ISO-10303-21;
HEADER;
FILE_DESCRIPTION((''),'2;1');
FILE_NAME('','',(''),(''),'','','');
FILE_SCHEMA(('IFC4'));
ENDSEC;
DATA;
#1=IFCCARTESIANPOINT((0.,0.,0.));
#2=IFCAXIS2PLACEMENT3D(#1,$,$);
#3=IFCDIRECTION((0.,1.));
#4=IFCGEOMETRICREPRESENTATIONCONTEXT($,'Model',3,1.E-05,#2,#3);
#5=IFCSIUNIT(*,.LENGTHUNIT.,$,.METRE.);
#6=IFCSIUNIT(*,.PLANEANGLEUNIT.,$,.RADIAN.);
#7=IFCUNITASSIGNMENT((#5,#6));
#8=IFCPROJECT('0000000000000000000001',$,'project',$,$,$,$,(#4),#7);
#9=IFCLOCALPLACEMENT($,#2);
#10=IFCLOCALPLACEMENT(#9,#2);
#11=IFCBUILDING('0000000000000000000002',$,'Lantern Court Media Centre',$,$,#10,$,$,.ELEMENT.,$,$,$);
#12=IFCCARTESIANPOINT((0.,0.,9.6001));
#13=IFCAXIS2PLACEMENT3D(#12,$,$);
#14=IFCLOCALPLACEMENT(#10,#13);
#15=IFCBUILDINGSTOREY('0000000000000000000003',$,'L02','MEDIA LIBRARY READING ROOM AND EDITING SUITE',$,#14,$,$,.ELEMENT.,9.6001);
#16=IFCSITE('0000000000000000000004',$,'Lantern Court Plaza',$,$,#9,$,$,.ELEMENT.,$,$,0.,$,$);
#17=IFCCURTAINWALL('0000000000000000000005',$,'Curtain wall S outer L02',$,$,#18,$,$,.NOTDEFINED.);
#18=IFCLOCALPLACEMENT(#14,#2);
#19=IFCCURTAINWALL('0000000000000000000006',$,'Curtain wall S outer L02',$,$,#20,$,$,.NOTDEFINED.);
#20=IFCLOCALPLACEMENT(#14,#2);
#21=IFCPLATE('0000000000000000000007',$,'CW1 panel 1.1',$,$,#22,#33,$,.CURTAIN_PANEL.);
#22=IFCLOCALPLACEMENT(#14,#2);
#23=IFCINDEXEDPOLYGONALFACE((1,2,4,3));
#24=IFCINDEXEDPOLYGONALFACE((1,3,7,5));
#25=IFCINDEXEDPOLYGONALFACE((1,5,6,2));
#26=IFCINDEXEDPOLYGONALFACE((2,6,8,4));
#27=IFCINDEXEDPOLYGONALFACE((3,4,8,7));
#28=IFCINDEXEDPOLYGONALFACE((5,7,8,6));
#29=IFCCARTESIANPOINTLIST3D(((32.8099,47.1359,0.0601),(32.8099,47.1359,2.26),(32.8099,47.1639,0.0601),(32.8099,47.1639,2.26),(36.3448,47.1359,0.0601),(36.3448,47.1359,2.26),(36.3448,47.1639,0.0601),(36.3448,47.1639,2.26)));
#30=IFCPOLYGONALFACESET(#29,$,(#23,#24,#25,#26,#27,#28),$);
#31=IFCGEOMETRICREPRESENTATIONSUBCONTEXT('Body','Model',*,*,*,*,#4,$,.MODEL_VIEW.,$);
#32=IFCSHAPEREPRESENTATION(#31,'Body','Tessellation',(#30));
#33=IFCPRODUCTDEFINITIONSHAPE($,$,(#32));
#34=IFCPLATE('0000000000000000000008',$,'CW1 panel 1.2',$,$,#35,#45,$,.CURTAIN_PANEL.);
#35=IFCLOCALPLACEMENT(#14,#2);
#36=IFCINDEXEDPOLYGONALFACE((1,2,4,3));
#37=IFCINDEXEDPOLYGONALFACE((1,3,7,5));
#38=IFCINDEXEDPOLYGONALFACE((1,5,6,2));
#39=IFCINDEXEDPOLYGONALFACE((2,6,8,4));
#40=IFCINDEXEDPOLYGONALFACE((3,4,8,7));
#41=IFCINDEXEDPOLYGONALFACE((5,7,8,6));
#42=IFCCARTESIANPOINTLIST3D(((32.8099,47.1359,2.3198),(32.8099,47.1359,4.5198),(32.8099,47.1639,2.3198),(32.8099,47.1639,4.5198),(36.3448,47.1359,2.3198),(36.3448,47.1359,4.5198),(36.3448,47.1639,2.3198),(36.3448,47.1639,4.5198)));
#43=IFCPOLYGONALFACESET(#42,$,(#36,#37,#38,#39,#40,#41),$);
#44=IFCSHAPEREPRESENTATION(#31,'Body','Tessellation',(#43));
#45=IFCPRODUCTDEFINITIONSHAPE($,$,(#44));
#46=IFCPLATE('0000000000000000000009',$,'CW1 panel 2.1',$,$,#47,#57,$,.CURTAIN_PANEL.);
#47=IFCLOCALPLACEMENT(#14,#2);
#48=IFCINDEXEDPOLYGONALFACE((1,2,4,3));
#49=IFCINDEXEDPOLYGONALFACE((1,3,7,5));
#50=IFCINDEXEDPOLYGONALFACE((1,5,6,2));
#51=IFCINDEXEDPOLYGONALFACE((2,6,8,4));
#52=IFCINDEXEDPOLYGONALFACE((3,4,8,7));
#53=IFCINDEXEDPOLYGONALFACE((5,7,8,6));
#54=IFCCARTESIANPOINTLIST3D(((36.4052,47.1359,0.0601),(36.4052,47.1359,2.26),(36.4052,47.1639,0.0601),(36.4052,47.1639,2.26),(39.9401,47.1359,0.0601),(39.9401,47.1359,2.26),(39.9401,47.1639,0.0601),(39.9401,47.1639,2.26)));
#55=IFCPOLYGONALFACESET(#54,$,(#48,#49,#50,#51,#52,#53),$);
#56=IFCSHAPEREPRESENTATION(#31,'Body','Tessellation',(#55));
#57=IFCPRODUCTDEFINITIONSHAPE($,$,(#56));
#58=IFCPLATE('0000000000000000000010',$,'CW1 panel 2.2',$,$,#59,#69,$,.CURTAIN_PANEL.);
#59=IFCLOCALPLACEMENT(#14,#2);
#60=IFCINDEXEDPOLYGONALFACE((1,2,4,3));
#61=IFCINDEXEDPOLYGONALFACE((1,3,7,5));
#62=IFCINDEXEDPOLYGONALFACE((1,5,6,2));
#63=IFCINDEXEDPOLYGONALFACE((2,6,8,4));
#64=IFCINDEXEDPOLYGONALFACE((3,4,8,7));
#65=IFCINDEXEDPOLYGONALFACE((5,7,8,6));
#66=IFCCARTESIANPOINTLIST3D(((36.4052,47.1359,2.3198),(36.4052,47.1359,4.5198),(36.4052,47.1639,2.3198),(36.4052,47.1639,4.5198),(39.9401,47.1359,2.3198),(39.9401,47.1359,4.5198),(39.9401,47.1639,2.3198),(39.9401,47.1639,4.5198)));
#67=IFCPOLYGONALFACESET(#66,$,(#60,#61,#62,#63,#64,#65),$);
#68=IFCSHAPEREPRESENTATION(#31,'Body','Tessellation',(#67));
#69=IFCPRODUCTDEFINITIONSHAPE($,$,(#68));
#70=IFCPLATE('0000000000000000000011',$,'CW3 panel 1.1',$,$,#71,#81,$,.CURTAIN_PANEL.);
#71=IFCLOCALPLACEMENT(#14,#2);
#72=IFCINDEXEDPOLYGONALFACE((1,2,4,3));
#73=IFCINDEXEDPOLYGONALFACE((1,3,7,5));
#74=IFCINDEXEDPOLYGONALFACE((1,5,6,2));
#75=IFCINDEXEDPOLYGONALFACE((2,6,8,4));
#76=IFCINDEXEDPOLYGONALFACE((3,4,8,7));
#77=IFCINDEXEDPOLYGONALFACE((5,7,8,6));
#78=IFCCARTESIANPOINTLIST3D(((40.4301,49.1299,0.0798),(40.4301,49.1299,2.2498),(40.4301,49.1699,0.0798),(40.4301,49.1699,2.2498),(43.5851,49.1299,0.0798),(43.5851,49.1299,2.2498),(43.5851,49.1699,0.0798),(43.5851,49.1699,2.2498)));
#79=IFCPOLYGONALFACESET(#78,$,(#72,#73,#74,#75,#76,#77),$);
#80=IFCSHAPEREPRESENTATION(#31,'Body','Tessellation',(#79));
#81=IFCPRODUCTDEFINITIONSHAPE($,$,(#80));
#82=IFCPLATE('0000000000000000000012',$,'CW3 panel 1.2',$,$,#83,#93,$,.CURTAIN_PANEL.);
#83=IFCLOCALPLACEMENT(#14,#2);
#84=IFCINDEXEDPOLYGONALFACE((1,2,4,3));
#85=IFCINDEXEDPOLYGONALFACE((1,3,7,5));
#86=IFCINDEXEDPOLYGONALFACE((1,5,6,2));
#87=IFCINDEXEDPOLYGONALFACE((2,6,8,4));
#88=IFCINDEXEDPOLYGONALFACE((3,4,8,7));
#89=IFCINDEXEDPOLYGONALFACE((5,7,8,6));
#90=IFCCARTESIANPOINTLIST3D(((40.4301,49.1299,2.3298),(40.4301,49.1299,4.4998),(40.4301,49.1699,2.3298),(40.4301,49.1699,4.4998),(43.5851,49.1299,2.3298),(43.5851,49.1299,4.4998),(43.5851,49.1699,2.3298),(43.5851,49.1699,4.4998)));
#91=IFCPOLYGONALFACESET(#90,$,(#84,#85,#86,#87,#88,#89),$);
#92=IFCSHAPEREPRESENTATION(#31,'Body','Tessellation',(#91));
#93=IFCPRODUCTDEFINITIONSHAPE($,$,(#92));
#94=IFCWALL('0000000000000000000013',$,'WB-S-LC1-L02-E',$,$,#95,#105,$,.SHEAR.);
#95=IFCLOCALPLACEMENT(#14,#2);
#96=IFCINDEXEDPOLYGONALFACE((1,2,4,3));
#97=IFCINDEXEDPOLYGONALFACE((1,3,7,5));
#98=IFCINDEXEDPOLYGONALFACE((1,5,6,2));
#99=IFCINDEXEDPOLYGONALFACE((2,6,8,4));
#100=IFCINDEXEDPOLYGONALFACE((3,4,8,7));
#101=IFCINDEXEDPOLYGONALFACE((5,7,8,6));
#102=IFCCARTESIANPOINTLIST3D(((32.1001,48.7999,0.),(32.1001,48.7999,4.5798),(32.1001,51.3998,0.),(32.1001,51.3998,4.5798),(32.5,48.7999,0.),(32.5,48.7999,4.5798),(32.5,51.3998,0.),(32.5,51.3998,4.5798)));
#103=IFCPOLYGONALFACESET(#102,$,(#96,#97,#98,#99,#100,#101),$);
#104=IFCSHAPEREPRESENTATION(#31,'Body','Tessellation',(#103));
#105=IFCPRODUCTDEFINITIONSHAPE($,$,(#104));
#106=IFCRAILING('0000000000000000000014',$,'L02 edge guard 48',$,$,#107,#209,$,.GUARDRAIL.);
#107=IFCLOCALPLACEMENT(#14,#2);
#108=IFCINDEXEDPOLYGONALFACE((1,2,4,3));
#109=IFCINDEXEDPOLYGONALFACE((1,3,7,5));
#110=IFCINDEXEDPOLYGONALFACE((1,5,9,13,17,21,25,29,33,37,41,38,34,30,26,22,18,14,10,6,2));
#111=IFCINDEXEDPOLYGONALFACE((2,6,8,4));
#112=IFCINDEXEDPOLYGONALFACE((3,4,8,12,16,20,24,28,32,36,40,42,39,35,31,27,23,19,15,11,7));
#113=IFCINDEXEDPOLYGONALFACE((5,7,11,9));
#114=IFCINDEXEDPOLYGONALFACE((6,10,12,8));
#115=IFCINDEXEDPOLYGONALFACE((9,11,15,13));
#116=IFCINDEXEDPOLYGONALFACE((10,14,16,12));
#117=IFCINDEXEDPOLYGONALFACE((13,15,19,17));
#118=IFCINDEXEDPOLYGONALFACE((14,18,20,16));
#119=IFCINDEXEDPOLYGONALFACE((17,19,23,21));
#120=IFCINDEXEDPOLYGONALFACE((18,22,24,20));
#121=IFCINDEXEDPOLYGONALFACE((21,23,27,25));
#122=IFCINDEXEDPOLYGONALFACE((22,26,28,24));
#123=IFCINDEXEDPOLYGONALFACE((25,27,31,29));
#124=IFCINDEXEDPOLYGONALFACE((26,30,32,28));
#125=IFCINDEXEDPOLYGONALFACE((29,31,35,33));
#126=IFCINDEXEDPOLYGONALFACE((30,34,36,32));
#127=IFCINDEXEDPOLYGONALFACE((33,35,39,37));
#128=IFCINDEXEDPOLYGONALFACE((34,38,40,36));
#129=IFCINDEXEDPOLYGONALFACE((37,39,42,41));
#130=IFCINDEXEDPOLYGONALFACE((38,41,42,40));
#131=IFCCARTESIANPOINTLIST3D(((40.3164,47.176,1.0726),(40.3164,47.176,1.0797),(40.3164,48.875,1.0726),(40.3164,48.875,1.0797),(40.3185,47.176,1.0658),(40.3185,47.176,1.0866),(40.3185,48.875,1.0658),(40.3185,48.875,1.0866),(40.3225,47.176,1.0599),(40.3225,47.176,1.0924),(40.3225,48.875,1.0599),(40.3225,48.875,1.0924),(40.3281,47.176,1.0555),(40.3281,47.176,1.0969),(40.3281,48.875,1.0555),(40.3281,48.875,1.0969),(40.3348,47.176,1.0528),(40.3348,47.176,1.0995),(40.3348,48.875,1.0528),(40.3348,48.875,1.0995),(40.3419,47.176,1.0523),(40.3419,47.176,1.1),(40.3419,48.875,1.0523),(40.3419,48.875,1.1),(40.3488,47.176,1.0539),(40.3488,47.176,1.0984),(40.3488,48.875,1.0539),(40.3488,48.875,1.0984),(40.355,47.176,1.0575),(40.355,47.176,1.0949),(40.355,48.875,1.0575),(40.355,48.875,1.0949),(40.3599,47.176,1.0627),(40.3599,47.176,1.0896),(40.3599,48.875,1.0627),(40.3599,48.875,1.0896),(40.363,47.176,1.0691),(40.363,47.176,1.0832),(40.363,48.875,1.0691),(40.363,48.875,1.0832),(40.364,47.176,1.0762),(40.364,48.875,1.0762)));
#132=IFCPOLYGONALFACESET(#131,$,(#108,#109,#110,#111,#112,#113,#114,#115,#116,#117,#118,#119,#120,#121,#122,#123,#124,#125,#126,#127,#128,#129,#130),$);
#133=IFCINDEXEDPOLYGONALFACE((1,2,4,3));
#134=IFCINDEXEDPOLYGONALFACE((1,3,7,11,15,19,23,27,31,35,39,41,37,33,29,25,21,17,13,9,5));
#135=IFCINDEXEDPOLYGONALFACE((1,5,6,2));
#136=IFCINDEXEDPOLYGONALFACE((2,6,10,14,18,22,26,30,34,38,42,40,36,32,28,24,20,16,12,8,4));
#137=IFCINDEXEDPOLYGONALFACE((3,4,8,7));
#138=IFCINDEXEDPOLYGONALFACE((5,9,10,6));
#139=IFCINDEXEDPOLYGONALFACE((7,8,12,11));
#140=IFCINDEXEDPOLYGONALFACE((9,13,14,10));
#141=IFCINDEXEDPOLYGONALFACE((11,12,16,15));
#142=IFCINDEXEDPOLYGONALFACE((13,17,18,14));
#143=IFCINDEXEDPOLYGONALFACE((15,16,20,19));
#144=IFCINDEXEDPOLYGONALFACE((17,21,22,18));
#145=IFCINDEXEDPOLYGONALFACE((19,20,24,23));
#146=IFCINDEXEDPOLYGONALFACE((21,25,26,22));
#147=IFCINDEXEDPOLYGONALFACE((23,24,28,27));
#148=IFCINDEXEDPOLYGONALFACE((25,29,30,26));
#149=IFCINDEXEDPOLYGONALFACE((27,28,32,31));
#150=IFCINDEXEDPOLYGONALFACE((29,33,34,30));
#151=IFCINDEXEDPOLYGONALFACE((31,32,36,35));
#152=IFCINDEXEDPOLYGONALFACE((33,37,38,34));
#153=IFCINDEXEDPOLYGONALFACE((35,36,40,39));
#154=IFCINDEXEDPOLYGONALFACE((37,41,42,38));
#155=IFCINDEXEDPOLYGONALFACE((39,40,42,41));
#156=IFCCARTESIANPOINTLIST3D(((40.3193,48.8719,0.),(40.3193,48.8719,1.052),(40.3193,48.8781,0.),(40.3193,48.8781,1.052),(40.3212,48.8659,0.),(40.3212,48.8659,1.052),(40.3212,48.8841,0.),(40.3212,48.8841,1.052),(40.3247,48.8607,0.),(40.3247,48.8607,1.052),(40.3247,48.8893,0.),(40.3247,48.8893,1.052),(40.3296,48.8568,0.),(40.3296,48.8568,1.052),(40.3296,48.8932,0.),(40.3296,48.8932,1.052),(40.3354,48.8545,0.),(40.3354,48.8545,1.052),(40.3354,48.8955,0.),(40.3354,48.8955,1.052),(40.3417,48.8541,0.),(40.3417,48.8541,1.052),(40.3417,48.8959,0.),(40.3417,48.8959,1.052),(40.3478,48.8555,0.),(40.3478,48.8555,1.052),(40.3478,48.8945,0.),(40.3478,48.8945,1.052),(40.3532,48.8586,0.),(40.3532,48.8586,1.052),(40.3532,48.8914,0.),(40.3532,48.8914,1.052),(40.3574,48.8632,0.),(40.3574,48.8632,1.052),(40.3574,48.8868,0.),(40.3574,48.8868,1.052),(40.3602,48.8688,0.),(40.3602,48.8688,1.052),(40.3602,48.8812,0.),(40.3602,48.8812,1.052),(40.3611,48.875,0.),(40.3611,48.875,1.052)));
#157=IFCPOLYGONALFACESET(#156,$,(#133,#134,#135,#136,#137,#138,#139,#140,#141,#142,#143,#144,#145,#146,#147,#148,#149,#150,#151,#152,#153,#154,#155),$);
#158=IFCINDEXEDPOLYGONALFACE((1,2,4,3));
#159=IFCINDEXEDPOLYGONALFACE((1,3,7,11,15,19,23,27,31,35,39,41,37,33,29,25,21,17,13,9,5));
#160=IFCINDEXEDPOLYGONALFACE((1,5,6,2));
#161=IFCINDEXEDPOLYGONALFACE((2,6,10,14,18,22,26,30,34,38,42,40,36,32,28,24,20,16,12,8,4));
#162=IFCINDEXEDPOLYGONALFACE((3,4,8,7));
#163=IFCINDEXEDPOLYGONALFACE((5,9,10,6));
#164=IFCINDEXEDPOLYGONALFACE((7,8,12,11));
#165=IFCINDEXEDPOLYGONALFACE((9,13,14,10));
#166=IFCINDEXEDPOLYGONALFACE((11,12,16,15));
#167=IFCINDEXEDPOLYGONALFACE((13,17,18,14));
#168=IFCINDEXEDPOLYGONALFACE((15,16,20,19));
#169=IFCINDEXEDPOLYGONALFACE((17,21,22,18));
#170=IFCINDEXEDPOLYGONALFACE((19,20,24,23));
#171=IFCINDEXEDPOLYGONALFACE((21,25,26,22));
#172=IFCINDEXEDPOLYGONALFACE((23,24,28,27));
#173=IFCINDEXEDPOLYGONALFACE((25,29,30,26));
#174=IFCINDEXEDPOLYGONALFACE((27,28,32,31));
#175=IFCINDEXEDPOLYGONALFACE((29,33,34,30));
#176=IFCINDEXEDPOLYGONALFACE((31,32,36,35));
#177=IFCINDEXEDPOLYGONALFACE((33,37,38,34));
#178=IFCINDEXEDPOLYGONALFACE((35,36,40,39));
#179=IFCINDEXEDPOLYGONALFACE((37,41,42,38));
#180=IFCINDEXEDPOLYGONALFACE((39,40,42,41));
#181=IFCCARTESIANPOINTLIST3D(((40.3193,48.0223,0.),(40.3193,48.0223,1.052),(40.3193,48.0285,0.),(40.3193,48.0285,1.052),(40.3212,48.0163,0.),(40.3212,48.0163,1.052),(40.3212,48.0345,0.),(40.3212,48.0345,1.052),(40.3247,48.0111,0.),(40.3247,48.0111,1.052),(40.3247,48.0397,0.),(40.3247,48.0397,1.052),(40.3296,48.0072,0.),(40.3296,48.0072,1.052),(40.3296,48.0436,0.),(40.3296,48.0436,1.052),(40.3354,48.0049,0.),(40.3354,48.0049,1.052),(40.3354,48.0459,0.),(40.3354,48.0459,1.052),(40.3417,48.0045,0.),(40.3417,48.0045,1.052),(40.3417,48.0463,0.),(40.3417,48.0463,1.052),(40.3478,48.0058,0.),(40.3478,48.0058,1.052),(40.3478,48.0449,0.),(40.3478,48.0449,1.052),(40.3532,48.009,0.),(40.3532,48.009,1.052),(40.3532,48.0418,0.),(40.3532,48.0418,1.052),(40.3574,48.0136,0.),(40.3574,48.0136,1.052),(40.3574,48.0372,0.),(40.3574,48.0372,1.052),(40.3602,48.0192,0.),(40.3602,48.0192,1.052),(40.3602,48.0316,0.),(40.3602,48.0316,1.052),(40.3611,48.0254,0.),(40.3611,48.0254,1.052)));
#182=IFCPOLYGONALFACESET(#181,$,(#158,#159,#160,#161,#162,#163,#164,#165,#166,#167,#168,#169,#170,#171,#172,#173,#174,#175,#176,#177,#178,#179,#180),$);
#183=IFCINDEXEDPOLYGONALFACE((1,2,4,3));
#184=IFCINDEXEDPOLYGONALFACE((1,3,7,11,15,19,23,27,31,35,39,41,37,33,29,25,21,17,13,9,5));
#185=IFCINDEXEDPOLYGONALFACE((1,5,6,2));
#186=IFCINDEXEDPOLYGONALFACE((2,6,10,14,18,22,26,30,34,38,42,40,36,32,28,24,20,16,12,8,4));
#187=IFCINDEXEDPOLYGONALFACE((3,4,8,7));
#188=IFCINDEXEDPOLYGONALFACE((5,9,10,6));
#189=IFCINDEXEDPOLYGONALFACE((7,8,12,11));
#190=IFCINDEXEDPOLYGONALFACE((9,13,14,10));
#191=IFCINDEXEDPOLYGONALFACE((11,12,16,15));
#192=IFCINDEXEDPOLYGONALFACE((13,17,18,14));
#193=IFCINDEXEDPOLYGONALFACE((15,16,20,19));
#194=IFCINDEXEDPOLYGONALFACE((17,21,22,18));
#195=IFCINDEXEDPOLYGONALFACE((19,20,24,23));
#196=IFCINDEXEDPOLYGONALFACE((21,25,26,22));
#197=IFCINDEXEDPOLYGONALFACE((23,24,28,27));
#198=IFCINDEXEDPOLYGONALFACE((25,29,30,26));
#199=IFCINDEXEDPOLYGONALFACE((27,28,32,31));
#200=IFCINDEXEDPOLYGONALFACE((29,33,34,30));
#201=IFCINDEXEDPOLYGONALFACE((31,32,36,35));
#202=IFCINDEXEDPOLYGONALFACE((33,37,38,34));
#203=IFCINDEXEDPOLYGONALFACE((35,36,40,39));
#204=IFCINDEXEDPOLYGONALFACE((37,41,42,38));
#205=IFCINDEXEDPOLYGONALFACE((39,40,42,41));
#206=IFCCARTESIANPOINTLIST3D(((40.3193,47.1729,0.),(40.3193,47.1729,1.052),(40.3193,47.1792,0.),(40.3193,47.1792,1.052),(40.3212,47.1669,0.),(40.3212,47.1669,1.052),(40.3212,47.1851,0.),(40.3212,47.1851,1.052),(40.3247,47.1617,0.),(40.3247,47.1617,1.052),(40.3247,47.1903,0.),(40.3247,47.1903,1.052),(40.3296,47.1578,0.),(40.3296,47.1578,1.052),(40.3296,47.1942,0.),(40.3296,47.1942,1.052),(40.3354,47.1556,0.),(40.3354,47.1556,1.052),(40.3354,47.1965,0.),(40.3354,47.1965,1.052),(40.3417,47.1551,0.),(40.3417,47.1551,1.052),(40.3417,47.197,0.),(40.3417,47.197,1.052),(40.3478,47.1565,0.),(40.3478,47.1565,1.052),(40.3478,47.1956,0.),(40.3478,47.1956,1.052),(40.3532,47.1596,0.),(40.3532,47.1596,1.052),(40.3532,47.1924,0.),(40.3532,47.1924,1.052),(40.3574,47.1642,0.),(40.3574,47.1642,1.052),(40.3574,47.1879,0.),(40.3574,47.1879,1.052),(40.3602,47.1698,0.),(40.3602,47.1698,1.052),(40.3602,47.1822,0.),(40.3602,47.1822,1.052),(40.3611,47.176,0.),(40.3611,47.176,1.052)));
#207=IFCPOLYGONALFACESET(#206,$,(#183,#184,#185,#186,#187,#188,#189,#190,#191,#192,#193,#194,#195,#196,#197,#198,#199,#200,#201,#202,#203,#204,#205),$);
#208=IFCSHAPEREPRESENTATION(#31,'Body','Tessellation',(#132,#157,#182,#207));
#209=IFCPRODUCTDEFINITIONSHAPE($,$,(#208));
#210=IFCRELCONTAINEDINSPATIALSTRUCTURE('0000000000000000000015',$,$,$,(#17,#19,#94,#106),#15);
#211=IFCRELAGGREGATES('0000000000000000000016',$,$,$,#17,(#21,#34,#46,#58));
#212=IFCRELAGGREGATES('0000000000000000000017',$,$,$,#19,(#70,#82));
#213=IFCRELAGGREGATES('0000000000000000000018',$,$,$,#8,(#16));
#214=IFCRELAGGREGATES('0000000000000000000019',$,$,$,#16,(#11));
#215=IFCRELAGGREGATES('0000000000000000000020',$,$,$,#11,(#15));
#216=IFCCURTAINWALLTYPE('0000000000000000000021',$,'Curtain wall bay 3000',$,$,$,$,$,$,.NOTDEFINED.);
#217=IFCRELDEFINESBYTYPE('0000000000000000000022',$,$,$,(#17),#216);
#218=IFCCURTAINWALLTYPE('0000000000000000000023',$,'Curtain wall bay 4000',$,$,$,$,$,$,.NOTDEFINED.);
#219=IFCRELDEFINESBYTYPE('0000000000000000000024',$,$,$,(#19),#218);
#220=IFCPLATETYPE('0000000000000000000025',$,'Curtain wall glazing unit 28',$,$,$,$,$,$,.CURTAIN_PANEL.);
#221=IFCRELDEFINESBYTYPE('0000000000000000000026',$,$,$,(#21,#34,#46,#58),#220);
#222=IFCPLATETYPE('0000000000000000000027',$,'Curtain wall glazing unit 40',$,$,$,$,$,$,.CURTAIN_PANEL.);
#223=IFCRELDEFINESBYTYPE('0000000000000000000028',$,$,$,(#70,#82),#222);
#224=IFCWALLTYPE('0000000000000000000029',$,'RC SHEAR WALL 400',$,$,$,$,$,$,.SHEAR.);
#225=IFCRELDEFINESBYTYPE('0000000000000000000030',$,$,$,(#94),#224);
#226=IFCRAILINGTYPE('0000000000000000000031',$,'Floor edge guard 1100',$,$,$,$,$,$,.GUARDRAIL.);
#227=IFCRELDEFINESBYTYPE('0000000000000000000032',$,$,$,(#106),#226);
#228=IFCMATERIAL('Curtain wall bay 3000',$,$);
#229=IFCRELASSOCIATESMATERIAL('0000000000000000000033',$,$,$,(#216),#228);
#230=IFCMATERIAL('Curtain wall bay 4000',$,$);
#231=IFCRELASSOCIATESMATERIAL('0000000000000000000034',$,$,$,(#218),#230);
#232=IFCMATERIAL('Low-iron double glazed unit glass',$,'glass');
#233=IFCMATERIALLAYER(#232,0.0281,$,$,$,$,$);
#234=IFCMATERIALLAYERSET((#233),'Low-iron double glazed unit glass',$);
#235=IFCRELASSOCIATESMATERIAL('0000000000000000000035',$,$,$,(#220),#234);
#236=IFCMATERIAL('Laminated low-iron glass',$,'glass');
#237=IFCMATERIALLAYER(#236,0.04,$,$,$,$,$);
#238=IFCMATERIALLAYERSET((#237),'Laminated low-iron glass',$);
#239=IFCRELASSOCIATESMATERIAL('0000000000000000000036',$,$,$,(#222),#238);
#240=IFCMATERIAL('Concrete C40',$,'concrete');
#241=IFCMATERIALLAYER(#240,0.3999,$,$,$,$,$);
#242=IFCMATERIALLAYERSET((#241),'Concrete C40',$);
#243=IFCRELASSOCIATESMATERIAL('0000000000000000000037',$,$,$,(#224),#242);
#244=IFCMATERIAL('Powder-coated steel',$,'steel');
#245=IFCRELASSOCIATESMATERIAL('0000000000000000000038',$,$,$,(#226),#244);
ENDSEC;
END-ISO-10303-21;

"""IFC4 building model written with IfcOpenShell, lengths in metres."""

from ifc_helpers import new_model, si_unit, direction, frame, frame_2d, origin, origin_2d, place, context, subcontext, project, spatial, rectangle, circle, extrude, material, layer, layer_set, type_object, element, aggregate, save


model = new_model("IFC4")

# Units and contexts
model_context = context("Model", 3, precision=1e-05, world=origin(), true_north=direction((0.0, 1.0)))
body_context = subcontext(model_context, "Body", "Model", "MODEL_VIEW")
ifc_project = project(units=[si_unit("LENGTHUNIT", "METRE"), si_unit("PLANEANGLEUNIT", "RADIAN")], contexts=[model_context])

# Site, building, storey
site_placement = place(None, origin())
site = spatial("IfcSite", under=ifc_project, at=site_placement, Name="Lantern Court Plaza", CompositionType="ELEMENT", RefElevation=0.0)
building_placement = place(site_placement, origin())
building = spatial("IfcBuilding", under=site, at=building_placement, Name="Lantern Court Media Centre", CompositionType="ELEMENT")
storey_placement = place(building_placement, frame((0.0, 0.0, 9.6001)))
storey = spatial("IfcBuildingStorey", under=building, at=storey_placement, Name="L02", Description="MEDIA LIBRARY READING ROOM AND EDITING SUITE", CompositionType="ELEMENT", Elevation=9.6001)

# Curtain walls
ifc_material_1 = material(Name="Curtain wall bay 3000")
curtain_wall_type_1 = type_object("IfcCurtainWallType", Name="Curtain wall bay 3000", PredefinedType="NOTDEFINED", material=ifc_material_1)
curtain_wall_1_placement = place(storey_placement, origin())
curtain_wall_1 = element("IfcCurtainWall", 1, at=curtain_wall_1_placement, inside=storey, type_object=curtain_wall_type_1, Name="Curtain wall S outer L02", PredefinedType="NOTDEFINED")
ifc_material_2 = material(Name="Curtain wall bay 4000")
curtain_wall_type_2 = type_object("IfcCurtainWallType", Name="Curtain wall bay 4000", PredefinedType="NOTDEFINED", material=ifc_material_2)
curtain_wall_2_placement = place(storey_placement, origin())
curtain_wall_2 = element("IfcCurtainWall", 2, at=curtain_wall_2_placement, inside=storey, type_object=curtain_wall_type_2, Name="Curtain wall S outer L02", PredefinedType="NOTDEFINED")

# Plates
ifc_material_3 = material(Name="Low-iron double glazed unit glass", Category="glass")
ifc_layer_1 = layer(ifc_material_3, 0.0281)
ifc_layer_set_1 = layer_set([ifc_layer_1], Name="Low-iron double glazed unit glass")
plate_type_1 = type_object("IfcPlateType", Name="Curtain wall glazing unit 28", PredefinedType="CURTAIN_PANEL", material=ifc_layer_set_1)
plate_1_placement = place(storey_placement, frame((34.5774, 47.1499, 0.0601), z_axis=(0.0, 0.0, 1.0), x_axis=(1.0, 0.0, 0.0)))
plate_1 = element("IfcPlate", 3, at=plate_1_placement, type_object=plate_type_1, Name="CW1 panel 1.1", PredefinedType="CURTAIN_PANEL", context=body_context, shape_type="SweptSolid", body=[
    extrude(rectangle(XDim=3.5349, YDim=0.0281, at=origin_2d()), origin(), (0.0, 0.0, 1.0), 2.2),
])
plate_2_placement = place(storey_placement, frame((34.5774, 47.1499, 2.3198), z_axis=(0.0, 0.0, 1.0), x_axis=(1.0, 0.0, 0.0)))
plate_2 = element("IfcPlate", 4, at=plate_2_placement, type_object=plate_type_1, Name="CW1 panel 1.2", PredefinedType="CURTAIN_PANEL", context=body_context, shape_type="SweptSolid", body=[
    extrude(rectangle(XDim=3.5349, YDim=0.0281, at=origin_2d()), origin(), (0.0, 0.0, 1.0), 2.2),
])
plate_3_placement = place(storey_placement, frame((38.1726, 47.1499, 0.0601), z_axis=(0.0, 0.0, 1.0), x_axis=(1.0, 0.0, 0.0)))
plate_3 = element("IfcPlate", 5, at=plate_3_placement, type_object=plate_type_1, Name="CW1 panel 2.1", PredefinedType="CURTAIN_PANEL", context=body_context, shape_type="SweptSolid", body=[
    extrude(rectangle(XDim=3.5349, YDim=0.0281, at=origin_2d()), origin(), (0.0, 0.0, 1.0), 2.2),
])
plate_4_placement = place(storey_placement, frame((38.1726, 47.1499, 2.3198), z_axis=(0.0, 0.0, 1.0), x_axis=(1.0, 0.0, 0.0)))
plate_4 = element("IfcPlate", 6, at=plate_4_placement, type_object=plate_type_1, Name="CW1 panel 2.2", PredefinedType="CURTAIN_PANEL", context=body_context, shape_type="SweptSolid", body=[
    extrude(rectangle(XDim=3.5349, YDim=0.0281, at=origin_2d()), origin(), (0.0, 0.0, 1.0), 2.2),
])
aggregate(curtain_wall_1, [plate_1, plate_2, plate_3, plate_4])
ifc_material_4 = material(Name="Laminated low-iron glass", Category="glass")
ifc_layer_2 = layer(ifc_material_4, 0.04)
ifc_layer_set_2 = layer_set([ifc_layer_2], Name="Laminated low-iron glass")
plate_type_2 = type_object("IfcPlateType", Name="Curtain wall glazing unit 40", PredefinedType="CURTAIN_PANEL", material=ifc_layer_set_2)
plate_5_placement = place(storey_placement, frame((42.0076, 49.1499, 0.0798), z_axis=(0.0, 0.0, 1.0), x_axis=(1.0, 0.0, 0.0)))
plate_5 = element("IfcPlate", 7, at=plate_5_placement, type_object=plate_type_2, Name="CW3 panel 1.1", PredefinedType="CURTAIN_PANEL", context=body_context, shape_type="SweptSolid", body=[
    extrude(rectangle(XDim=3.155, YDim=0.04, at=origin_2d()), origin(), (0.0, 0.0, 1.0), 2.1699),
])
plate_6_placement = place(storey_placement, frame((42.0076, 49.1499, 2.3298), z_axis=(0.0, 0.0, 1.0), x_axis=(1.0, 0.0, 0.0)))
plate_6 = element("IfcPlate", 8, at=plate_6_placement, type_object=plate_type_2, Name="CW3 panel 1.2", PredefinedType="CURTAIN_PANEL", context=body_context, shape_type="SweptSolid", body=[
    extrude(rectangle(XDim=3.155, YDim=0.04, at=origin_2d()), origin(), (0.0, 0.0, 1.0), 2.1699),
])
aggregate(curtain_wall_2, [plate_5, plate_6])

# Wall
ifc_material_5 = material(Name="Concrete C40", Category="concrete")
ifc_layer_3 = layer(ifc_material_5, 0.3999)
ifc_layer_set_3 = layer_set([ifc_layer_3], Name="Concrete C40")
wall_type = type_object("IfcWallType", Name="RC SHEAR WALL 400", PredefinedType="SHEAR", material=ifc_layer_set_3)
wall_placement = place(storey_placement, frame((32.3, 48.8, 0.0), z_axis=(0.0, 0.0, 1.0), x_axis=(0.0, 1.0, 0.0)))
element("IfcWall", 9, at=wall_placement, inside=storey, type_object=wall_type, Name="WB-S-LC1-L02-E", PredefinedType="SHEAR", context=body_context, shape_type="SweptSolid", body=[
    extrude(rectangle(XDim=2.5999, YDim=0.3999, at=frame_2d((1.2998, 0.0))), origin(), (0.0, 0.0, 1.0), 4.5798),
])

# Railing
ifc_material_6 = material(Name="Powder-coated steel", Category="steel")
railing_type = type_object("IfcRailingType", Name="Floor edge guard 1100", PredefinedType="GUARDRAIL", material=ifc_material_6)
railing_placement = place(storey_placement, frame((40.3401, 48.875, 0.0)))
element("IfcRailing", 10, at=railing_placement, inside=storey, type_object=railing_type, Name="L02 edge guard 48", PredefinedType="GUARDRAIL", context=body_context, shape_type="SweptSolid", body=[
    extrude(circle(Radius=0.0239, at=origin_2d()), frame((0.0, 0.0, 1.0762), z_axis=(0.0, -1.0, 0.0), x_axis=(1.0, 0.0, 0.0)), (0.0, 0.0, 1.0), 1.699),
    extrude(circle(Radius=0.021, at=origin_2d()), origin(), (0.0, 0.0, 1.0), 1.052),
    extrude(circle(Radius=0.021, at=origin_2d()), frame((0.0, -0.8496, 0.0)), (0.0, 0.0, 1.0), 1.052),
    extrude(circle(Radius=0.021, at=origin_2d()), frame((0.0, -1.699, 0.0)), (0.0, 0.0, 1.0), 1.052),
])

save(model, "model.ifc")
